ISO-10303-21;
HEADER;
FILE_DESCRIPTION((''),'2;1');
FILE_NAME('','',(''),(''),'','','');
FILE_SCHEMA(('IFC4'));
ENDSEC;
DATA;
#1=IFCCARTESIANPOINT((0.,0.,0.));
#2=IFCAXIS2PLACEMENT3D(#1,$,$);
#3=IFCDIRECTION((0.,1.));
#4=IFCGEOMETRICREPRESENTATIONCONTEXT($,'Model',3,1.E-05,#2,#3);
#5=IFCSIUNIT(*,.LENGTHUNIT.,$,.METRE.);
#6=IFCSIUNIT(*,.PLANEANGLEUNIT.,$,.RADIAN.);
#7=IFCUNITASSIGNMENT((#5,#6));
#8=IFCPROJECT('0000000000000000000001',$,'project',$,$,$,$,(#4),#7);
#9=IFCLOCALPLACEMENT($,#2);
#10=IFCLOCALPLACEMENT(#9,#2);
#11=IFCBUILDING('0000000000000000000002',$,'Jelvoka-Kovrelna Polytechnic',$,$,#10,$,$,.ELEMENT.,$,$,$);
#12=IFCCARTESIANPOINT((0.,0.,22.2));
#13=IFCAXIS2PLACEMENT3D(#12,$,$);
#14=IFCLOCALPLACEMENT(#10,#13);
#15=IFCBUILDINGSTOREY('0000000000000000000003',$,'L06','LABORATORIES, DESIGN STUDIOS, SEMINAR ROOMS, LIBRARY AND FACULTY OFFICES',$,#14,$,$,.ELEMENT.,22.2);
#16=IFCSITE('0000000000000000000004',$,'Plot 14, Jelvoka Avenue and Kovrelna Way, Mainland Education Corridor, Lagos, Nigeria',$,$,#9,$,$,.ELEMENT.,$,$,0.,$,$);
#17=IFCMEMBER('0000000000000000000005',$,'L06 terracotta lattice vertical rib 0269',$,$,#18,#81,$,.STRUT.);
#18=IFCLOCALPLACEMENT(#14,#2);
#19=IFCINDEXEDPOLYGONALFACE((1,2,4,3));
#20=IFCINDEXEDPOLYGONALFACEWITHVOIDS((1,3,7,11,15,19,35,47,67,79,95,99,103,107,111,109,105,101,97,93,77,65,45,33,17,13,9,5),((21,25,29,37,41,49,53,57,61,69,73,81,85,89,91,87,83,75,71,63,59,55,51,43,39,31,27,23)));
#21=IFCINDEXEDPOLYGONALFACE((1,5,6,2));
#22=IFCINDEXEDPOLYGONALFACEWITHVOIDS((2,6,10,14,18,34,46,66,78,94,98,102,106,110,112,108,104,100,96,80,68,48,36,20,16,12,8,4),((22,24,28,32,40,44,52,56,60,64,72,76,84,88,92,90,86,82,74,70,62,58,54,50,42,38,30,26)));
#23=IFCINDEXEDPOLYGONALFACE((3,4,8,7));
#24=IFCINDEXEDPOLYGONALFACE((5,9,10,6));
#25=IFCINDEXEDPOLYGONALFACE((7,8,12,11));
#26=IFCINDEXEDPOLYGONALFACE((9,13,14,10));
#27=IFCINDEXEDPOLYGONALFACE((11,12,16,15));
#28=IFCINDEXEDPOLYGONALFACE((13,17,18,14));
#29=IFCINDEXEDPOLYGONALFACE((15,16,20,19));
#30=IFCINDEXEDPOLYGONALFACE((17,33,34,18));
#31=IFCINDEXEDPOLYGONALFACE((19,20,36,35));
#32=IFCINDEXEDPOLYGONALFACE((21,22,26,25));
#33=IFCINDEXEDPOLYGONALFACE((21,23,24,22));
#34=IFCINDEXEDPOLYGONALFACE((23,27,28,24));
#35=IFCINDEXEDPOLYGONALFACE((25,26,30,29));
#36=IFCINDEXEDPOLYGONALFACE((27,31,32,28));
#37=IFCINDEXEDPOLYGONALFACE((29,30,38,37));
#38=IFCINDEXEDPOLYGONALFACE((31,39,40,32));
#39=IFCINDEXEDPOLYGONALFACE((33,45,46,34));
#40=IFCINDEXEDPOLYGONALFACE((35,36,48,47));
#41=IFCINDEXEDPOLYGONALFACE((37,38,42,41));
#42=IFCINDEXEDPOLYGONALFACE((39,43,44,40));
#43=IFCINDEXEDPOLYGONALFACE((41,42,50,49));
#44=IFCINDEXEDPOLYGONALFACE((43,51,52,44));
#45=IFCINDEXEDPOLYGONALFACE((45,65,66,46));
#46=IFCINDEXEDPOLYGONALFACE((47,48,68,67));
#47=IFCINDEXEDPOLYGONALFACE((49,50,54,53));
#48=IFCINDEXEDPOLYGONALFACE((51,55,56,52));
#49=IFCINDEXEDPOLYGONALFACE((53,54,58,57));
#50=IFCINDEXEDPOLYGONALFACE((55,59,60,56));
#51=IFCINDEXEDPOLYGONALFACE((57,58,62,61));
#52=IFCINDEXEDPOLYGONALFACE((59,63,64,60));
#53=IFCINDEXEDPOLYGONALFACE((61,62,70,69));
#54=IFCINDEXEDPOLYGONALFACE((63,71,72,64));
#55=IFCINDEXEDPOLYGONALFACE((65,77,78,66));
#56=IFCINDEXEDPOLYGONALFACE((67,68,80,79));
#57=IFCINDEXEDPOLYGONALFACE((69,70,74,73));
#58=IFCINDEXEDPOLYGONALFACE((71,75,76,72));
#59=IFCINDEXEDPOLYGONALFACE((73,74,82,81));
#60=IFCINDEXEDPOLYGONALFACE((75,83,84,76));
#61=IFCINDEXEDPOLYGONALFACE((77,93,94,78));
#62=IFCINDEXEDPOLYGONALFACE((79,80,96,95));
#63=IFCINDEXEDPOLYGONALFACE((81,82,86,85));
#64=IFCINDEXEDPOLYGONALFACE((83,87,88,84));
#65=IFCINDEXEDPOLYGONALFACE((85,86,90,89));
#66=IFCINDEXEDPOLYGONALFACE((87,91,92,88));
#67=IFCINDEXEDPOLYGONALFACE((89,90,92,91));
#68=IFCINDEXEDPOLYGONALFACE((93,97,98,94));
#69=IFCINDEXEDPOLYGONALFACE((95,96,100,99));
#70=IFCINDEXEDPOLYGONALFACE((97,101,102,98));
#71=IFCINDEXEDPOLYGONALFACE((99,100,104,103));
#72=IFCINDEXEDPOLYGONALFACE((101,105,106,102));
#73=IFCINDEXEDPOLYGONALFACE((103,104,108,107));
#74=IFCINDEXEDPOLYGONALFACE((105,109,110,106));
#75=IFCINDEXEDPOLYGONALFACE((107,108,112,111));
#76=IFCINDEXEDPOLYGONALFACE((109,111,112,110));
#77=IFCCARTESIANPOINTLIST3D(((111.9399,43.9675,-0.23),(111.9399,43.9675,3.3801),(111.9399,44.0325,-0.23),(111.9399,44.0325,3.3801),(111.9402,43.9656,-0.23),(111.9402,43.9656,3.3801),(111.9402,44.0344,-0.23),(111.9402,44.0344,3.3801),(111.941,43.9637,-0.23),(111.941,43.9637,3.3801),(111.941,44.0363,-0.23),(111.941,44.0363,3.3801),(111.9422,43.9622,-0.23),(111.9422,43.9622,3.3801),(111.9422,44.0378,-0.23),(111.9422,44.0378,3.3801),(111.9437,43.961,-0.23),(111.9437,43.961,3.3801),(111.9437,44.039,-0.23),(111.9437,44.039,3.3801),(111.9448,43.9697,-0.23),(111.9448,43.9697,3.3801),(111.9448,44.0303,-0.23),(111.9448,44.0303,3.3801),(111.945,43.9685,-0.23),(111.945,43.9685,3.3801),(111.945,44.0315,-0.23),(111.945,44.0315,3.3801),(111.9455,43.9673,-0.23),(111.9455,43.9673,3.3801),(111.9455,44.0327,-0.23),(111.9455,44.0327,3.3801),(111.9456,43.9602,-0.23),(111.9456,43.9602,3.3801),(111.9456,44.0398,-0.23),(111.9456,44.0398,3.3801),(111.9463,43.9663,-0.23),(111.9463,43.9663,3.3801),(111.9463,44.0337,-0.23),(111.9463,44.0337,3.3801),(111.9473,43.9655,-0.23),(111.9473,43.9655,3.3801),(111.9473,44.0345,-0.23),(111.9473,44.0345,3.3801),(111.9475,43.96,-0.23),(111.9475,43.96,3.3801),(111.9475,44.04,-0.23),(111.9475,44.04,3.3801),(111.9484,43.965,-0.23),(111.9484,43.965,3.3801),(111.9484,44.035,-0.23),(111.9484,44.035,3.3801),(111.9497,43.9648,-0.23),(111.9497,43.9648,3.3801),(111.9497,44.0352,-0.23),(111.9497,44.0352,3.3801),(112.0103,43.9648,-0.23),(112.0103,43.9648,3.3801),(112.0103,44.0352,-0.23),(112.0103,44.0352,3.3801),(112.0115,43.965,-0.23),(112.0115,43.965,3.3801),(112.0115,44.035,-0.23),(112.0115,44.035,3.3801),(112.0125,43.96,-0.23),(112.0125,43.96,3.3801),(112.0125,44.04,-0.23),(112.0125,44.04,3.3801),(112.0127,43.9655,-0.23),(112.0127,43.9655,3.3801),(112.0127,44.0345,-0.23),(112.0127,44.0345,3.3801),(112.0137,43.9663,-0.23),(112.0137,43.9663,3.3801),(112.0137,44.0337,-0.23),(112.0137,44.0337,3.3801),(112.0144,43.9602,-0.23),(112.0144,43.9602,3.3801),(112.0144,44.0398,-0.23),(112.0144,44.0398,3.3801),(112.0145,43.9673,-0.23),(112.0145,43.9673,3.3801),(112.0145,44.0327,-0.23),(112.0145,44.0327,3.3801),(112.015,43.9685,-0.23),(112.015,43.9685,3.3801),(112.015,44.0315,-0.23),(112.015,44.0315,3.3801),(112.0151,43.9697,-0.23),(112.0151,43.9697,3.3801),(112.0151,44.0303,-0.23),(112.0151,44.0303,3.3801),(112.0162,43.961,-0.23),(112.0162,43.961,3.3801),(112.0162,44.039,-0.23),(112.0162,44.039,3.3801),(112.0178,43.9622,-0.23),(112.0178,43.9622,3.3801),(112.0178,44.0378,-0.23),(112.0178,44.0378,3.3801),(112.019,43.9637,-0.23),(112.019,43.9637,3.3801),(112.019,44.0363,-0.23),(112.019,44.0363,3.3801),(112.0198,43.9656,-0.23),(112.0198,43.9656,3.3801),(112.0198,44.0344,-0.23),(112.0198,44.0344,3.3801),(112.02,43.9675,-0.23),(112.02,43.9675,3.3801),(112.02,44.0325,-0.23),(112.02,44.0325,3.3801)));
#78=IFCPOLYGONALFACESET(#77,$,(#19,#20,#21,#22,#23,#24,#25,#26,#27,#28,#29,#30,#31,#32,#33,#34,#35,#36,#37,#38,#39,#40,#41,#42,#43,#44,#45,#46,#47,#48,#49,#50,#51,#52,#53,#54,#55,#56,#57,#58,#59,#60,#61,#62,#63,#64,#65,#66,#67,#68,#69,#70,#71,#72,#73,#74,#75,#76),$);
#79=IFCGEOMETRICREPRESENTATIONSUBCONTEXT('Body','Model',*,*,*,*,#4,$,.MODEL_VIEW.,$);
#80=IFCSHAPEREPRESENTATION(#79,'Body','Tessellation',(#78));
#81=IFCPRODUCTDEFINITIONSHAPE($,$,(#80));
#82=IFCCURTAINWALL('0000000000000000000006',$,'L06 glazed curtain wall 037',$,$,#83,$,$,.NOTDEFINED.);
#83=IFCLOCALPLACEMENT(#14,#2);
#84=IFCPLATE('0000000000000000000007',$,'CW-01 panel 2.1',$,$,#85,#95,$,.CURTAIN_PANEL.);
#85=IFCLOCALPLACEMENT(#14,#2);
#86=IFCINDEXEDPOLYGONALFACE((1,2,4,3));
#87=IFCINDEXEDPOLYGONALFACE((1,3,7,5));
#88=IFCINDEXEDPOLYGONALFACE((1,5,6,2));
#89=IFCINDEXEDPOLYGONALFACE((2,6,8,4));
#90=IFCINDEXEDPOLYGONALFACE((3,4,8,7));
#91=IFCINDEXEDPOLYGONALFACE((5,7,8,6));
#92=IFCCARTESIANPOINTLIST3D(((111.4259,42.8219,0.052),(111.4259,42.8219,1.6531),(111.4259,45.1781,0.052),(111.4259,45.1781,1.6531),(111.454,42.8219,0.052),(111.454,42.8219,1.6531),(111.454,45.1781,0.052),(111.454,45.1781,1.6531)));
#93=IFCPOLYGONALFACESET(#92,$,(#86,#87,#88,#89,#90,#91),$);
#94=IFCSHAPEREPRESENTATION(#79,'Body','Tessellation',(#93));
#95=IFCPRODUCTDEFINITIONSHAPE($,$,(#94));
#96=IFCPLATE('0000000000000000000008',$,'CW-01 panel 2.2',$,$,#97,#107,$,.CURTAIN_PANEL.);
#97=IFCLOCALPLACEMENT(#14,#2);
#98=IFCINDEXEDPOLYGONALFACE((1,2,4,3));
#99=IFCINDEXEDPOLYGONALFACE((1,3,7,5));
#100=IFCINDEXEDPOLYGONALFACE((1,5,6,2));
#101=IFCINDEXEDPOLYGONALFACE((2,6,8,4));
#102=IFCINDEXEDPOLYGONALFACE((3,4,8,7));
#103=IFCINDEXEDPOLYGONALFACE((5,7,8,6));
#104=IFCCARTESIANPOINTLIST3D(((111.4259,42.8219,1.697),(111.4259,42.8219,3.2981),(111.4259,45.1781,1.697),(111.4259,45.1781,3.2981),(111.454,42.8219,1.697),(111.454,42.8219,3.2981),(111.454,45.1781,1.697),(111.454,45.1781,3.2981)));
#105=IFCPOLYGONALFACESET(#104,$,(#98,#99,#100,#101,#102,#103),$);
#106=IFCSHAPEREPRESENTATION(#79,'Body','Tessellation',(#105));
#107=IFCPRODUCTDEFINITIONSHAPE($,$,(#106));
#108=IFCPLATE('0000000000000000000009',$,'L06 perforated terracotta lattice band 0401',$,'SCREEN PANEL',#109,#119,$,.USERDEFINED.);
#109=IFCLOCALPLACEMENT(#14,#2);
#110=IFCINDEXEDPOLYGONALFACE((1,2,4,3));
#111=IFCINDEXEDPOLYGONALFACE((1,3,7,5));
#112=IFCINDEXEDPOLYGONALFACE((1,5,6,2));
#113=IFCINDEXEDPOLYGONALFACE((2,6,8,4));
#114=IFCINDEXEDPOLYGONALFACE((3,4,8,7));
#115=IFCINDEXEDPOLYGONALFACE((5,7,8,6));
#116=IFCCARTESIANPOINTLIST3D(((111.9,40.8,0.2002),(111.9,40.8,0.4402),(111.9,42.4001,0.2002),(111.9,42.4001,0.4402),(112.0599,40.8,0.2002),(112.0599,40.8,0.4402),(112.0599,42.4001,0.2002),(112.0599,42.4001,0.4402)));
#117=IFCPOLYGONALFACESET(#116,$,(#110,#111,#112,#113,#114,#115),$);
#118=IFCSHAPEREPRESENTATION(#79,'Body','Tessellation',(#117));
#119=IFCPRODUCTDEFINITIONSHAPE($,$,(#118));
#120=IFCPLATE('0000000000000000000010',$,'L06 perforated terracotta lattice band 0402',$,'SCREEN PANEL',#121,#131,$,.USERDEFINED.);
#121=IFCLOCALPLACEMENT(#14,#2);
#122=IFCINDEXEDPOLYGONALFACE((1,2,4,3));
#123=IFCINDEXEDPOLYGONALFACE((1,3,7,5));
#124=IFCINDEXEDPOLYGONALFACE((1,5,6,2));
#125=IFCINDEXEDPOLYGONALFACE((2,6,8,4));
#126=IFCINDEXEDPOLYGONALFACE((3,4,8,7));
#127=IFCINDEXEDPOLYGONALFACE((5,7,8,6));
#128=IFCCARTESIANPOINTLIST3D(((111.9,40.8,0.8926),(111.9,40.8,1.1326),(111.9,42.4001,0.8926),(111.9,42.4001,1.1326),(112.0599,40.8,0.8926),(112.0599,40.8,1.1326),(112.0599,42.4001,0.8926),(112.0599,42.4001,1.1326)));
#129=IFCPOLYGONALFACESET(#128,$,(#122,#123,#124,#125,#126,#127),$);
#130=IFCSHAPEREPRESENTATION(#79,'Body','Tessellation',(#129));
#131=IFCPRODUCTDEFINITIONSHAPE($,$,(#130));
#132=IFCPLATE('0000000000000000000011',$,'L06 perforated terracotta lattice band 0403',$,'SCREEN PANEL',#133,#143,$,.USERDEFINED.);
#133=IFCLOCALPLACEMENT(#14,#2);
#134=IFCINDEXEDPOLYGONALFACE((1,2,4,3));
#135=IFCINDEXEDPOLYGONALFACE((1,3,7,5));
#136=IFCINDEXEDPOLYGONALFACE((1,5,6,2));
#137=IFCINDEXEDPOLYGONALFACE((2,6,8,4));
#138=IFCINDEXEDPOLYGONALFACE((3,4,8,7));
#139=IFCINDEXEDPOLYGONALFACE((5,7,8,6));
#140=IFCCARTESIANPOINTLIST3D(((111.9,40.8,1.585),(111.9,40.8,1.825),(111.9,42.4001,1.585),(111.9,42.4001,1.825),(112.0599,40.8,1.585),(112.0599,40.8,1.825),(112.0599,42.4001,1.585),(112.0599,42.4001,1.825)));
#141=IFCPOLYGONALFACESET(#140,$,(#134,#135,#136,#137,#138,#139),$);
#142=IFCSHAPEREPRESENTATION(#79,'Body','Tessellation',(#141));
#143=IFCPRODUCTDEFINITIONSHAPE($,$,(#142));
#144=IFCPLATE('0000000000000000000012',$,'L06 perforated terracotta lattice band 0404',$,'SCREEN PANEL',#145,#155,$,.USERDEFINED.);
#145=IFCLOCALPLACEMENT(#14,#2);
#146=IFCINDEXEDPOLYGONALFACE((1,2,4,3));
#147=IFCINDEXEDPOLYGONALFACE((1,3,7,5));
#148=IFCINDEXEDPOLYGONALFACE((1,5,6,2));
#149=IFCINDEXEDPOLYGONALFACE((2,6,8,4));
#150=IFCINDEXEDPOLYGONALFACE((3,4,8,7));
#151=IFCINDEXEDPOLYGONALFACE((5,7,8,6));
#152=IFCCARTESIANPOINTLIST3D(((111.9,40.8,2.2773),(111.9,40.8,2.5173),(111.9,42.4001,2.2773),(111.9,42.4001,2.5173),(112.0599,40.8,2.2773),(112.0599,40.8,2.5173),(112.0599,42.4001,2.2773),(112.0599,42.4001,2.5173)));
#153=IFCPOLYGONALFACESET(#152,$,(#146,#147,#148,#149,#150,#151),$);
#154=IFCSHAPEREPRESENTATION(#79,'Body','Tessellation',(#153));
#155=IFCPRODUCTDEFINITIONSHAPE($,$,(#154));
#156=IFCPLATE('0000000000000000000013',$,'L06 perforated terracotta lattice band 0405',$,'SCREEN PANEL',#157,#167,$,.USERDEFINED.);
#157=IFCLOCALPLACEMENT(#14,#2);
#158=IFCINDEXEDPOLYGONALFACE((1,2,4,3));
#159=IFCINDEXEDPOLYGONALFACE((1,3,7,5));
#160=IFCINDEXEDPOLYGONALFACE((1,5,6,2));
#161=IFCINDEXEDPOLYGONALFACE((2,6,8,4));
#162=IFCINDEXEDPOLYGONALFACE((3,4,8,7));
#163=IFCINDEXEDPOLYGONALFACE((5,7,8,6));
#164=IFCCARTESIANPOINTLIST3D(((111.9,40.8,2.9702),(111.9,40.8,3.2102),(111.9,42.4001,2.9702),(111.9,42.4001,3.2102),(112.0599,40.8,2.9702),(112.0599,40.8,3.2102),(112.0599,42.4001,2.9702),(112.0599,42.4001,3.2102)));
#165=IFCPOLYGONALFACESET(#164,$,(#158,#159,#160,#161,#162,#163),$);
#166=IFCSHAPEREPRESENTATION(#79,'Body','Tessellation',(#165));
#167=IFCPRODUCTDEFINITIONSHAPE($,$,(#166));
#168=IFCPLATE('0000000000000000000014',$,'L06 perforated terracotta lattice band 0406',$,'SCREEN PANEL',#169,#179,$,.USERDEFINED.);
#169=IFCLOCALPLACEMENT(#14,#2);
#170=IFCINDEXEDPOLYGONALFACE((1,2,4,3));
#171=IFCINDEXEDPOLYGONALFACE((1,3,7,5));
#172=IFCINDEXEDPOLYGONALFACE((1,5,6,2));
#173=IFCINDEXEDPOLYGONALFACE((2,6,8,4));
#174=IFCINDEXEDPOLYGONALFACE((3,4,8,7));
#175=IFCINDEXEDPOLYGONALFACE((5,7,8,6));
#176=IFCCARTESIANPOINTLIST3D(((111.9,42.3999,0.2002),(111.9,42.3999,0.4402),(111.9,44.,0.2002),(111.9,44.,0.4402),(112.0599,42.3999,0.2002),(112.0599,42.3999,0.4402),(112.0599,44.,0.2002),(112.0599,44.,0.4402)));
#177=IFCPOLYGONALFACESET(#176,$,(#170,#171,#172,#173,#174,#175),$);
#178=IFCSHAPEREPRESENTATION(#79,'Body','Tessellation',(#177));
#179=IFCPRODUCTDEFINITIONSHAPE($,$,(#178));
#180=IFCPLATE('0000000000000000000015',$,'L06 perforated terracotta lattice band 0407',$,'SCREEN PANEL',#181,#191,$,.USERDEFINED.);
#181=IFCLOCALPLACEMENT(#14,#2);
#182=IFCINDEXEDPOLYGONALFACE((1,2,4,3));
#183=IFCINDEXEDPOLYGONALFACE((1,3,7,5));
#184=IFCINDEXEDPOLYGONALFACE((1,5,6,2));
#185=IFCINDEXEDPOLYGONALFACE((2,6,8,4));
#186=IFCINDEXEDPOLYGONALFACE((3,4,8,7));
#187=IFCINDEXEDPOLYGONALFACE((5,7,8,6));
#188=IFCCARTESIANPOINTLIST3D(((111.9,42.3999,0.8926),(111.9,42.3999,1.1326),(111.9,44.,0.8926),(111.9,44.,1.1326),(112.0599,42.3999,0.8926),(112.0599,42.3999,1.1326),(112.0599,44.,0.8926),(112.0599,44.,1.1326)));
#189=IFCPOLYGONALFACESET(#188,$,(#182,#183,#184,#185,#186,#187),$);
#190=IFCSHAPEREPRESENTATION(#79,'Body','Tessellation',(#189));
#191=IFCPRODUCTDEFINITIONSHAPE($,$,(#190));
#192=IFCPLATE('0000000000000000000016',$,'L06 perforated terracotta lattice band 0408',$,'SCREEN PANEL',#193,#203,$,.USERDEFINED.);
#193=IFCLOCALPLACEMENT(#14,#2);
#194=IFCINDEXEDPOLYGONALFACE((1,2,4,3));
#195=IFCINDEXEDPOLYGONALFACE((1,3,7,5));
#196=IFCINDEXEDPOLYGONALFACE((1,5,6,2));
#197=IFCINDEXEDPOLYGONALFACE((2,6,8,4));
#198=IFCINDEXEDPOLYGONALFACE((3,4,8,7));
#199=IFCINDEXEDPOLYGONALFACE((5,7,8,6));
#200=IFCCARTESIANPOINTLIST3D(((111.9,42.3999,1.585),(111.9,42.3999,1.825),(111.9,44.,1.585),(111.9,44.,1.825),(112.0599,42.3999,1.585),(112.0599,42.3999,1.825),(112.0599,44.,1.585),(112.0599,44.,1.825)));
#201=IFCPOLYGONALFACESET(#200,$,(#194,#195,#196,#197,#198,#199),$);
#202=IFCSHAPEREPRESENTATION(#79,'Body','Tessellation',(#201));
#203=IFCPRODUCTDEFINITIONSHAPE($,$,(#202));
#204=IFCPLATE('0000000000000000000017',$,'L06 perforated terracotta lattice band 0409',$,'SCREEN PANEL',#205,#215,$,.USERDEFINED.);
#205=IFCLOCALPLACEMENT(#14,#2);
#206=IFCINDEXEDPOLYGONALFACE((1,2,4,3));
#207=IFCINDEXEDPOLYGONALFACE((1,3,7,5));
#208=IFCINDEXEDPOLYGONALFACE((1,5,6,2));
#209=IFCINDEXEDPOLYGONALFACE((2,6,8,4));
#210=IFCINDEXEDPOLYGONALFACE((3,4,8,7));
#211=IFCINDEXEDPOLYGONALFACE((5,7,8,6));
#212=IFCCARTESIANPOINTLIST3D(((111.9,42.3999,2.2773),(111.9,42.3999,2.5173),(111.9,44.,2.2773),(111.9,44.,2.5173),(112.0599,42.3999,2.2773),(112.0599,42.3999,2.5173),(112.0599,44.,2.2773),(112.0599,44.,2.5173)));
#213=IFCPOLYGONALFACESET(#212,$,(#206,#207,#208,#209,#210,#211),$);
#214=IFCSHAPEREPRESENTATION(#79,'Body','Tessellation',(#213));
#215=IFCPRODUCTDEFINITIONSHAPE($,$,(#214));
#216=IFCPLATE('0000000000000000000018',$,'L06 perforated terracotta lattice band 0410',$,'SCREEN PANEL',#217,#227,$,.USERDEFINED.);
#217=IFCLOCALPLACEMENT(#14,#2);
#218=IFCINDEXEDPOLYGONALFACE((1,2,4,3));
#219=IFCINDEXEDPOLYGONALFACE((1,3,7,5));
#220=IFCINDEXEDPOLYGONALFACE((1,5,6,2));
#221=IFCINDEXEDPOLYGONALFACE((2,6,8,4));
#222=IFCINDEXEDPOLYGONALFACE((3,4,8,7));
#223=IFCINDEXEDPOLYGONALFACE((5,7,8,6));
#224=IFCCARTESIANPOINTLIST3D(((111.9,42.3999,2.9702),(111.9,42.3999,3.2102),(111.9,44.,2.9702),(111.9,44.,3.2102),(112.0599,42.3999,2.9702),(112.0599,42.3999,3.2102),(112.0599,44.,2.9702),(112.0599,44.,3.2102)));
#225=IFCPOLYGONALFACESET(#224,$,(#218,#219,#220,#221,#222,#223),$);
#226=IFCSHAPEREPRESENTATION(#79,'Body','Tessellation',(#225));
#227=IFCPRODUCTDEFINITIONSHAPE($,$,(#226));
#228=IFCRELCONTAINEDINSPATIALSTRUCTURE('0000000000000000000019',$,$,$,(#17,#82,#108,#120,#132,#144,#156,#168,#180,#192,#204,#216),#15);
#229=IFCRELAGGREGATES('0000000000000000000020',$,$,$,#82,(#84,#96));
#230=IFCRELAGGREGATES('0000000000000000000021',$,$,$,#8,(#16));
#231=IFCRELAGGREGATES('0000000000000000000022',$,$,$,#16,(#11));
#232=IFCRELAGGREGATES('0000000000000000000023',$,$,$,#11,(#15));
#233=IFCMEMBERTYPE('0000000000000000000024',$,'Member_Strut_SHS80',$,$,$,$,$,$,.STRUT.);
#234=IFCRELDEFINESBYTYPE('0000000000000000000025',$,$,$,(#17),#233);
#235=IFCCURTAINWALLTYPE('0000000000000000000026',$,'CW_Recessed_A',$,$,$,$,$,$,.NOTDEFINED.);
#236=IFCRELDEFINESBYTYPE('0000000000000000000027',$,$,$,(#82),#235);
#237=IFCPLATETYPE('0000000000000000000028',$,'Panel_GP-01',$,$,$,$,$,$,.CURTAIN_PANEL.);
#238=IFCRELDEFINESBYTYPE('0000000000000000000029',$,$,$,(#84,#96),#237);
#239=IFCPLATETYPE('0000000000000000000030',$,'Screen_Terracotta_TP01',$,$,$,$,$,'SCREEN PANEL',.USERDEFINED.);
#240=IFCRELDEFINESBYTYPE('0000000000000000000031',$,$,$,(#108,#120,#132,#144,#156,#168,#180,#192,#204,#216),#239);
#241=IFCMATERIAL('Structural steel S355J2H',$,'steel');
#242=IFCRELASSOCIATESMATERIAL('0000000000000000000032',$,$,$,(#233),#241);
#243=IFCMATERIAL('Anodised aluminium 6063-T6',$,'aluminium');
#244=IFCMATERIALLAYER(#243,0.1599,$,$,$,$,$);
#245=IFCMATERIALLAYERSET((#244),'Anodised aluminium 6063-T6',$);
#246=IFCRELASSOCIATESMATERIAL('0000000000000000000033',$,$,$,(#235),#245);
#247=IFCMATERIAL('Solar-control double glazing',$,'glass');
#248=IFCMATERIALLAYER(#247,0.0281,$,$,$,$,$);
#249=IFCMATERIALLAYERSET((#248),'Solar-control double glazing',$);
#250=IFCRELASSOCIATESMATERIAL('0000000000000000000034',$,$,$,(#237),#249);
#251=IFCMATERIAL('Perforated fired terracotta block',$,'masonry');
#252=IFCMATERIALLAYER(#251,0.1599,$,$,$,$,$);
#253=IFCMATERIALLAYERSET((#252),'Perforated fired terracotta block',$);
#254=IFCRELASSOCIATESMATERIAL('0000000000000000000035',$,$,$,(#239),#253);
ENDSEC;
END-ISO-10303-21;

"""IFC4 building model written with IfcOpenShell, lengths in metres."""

from ifc_helpers import new_model, si_unit, direction, frame, origin, origin_2d, place, context, subcontext, project, spatial, rectangle, hollow_rectangle, extrude, material, layer, layer_set, material_profile, profile_set, type_object, element, aggregate, save


model = new_model("IFC4")

# Units and contexts
model_context = context("Model", 3, precision=1e-05, world=origin(), true_north=direction((0.0, 1.0)))
body_context = subcontext(model_context, "Body", "Model", "MODEL_VIEW")
ifc_project = project(units=[si_unit("LENGTHUNIT", "METRE"), si_unit("PLANEANGLEUNIT", "RADIAN")], contexts=[model_context])

# Site, building, storey
site_placement = place(None, origin())
site = spatial("IfcSite", under=ifc_project, at=site_placement, Name="Plot 14, Jelvoka Avenue and Kovrelna Way, Mainland Education Corridor, Lagos, Nigeria", CompositionType="ELEMENT", RefElevation=0.0)
building_placement = place(site_placement, origin())
building = spatial("IfcBuilding", under=site, at=building_placement, Name="Jelvoka-Kovrelna Polytechnic", CompositionType="ELEMENT")
storey_placement = place(building_placement, frame((0.0, 0.0, 22.2)))
storey = spatial("IfcBuildingStorey", under=building, at=storey_placement, Name="L06", Description="LABORATORIES, DESIGN STUDIOS, SEMINAR ROOMS, LIBRARY AND FACULTY OFFICES", CompositionType="ELEMENT", Elevation=22.2)

# Member
ifc_material_1 = material(Name="Structural steel S355J2H", Category="steel")
ifc_material_profile = material_profile(ifc_material_1, hollow_rectangle(XDim=0.0801, YDim=0.0801, WallThickness=0.0049, InnerFilletRadius=0.0049, OuterFilletRadius=0.0076, at=origin_2d()), Name="80x80x5.0 SHS")
ifc_profile_set = profile_set([ifc_material_profile], Name="Structural steel S355J2H")
member_type = type_object("IfcMemberType", Name="Member_Strut_SHS80", PredefinedType="STRUT", material=ifc_profile_set)
for number, where, z_axis, x_axis, name in (
    (1, (111.98, 44.0, -0.23), (0.0, 0.0, 1.0), (1.0, 0.0, 0.0), "L06 terracotta lattice vertical rib 0269"),
):
    element("IfcMember", number, at=place(storey_placement, frame(where, z_axis=z_axis, x_axis=x_axis)), inside=storey, type_object=member_type, Name=name, PredefinedType="STRUT", context=body_context, shape_type="SweptSolid", body=[
        extrude(hollow_rectangle(XDim=0.0801, YDim=0.0801, WallThickness=0.0049, InnerFilletRadius=0.0049, OuterFilletRadius=0.0076, at=origin_2d()), origin(), (0.0, 0.0, 1.0), 3.6101),
    ])

# Curtain wall, plates
ifc_material_2 = material(Name="Anodised aluminium 6063-T6", Category="aluminium")
ifc_layer_1 = layer(ifc_material_2, 0.1599)
ifc_layer_set_1 = layer_set([ifc_layer_1], Name="Anodised aluminium 6063-T6")
curtain_wall_type = type_object("IfcCurtainWallType", Name="CW_Recessed_A", PredefinedType="NOTDEFINED", material=ifc_layer_set_1)
curtain_wall_placement = place(storey_placement, origin())
curtain_wall = element("IfcCurtainWall", 2, at=curtain_wall_placement, inside=storey, type_object=curtain_wall_type, Name="L06 glazed curtain wall 037", PredefinedType="NOTDEFINED")
ifc_material_3 = material(Name="Solar-control double glazing", Category="glass")
ifc_layer_2 = layer(ifc_material_3, 0.0281)
ifc_layer_set_2 = layer_set([ifc_layer_2], Name="Solar-control double glazing")
plate_type_1 = type_object("IfcPlateType", Name="Panel_GP-01", PredefinedType="CURTAIN_PANEL", material=ifc_layer_set_2)
plate_1_placement = place(storey_placement, frame((111.4399, 44.0, 0.052), z_axis=(0.0, 0.0, 1.0), x_axis=(0.0, -1.0, 0.0)))
plate_1 = element("IfcPlate", 3, at=plate_1_placement, type_object=plate_type_1, Name="CW-01 panel 2.1", PredefinedType="CURTAIN_PANEL", context=body_context, shape_type="SweptSolid", body=[
    extrude(rectangle(XDim=2.3562, YDim=0.0281, at=origin_2d()), origin(), (0.0, 0.0, 1.0), 1.6011),
])
plate_2_placement = place(storey_placement, frame((111.4399, 44.0, 1.697), z_axis=(0.0, 0.0, 1.0), x_axis=(0.0, -1.0, 0.0)))
plate_2 = element("IfcPlate", 4, at=plate_2_placement, type_object=plate_type_1, Name="CW-01 panel 2.2", PredefinedType="CURTAIN_PANEL", context=body_context, shape_type="SweptSolid", body=[
    extrude(rectangle(XDim=2.3562, YDim=0.0281, at=origin_2d()), origin(), (0.0, 0.0, 1.0), 1.6011),
])
aggregate(curtain_wall, [plate_1, plate_2])

# Plates
ifc_material_4 = material(Name="Perforated fired terracotta block", Category="masonry")
ifc_layer_3 = layer(ifc_material_4, 0.1599)
ifc_layer_set_3 = layer_set([ifc_layer_3], Name="Perforated fired terracotta block")
plate_type_2 = type_object("IfcPlateType", Name="Screen_Terracotta_TP01", ElementType="SCREEN PANEL", PredefinedType="USERDEFINED", material=ifc_layer_set_3)
for number, where, z_axis, x_axis, name in (
    (5, (111.98, 41.6001, 0.2002), (0.0, 0.0, 1.0), (0.0, 1.0, 0.0), "L06 perforated terracotta lattice band 0401"),
    (6, (111.98, 41.6001, 0.8926), (0.0, 0.0, 1.0), (0.0, 1.0, 0.0), "L06 perforated terracotta lattice band 0402"),
    (7, (111.98, 41.6001, 1.585), (0.0, 0.0, 1.0), (0.0, 1.0, 0.0), "L06 perforated terracotta lattice band 0403"),
    (8, (111.98, 41.6001, 2.2773), (0.0, 0.0, 1.0), (0.0, 1.0, 0.0), "L06 perforated terracotta lattice band 0404"),
    (9, (111.98, 41.6001, 2.9702), (0.0, 0.0, 1.0), (0.0, 1.0, 0.0), "L06 perforated terracotta lattice band 0405"),
    (10, (111.98, 43.2, 0.2002), (0.0, 0.0, 1.0), (0.0, 1.0, 0.0), "L06 perforated terracotta lattice band 0406"),
    (11, (111.98, 43.2, 0.8926), (0.0, 0.0, 1.0), (0.0, 1.0, 0.0), "L06 perforated terracotta lattice band 0407"),
    (12, (111.98, 43.2, 1.585), (0.0, 0.0, 1.0), (0.0, 1.0, 0.0), "L06 perforated terracotta lattice band 0408"),
    (13, (111.98, 43.2, 2.2773), (0.0, 0.0, 1.0), (0.0, 1.0, 0.0), "L06 perforated terracotta lattice band 0409"),
    (14, (111.98, 43.2, 2.9702), (0.0, 0.0, 1.0), (0.0, 1.0, 0.0), "L06 perforated terracotta lattice band 0410"),
):
    element("IfcPlate", number, at=place(storey_placement, frame(where, z_axis=z_axis, x_axis=x_axis)), inside=storey, type_object=plate_type_2, Name=name, ObjectType="SCREEN PANEL", PredefinedType="USERDEFINED", context=body_context, shape_type="SweptSolid", body=[
        extrude(rectangle(XDim=1.6001, YDim=0.1599, at=origin_2d()), origin(), (0.0, 0.0, 1.0), 0.24),
    ])

save(model, "model.ifc")
